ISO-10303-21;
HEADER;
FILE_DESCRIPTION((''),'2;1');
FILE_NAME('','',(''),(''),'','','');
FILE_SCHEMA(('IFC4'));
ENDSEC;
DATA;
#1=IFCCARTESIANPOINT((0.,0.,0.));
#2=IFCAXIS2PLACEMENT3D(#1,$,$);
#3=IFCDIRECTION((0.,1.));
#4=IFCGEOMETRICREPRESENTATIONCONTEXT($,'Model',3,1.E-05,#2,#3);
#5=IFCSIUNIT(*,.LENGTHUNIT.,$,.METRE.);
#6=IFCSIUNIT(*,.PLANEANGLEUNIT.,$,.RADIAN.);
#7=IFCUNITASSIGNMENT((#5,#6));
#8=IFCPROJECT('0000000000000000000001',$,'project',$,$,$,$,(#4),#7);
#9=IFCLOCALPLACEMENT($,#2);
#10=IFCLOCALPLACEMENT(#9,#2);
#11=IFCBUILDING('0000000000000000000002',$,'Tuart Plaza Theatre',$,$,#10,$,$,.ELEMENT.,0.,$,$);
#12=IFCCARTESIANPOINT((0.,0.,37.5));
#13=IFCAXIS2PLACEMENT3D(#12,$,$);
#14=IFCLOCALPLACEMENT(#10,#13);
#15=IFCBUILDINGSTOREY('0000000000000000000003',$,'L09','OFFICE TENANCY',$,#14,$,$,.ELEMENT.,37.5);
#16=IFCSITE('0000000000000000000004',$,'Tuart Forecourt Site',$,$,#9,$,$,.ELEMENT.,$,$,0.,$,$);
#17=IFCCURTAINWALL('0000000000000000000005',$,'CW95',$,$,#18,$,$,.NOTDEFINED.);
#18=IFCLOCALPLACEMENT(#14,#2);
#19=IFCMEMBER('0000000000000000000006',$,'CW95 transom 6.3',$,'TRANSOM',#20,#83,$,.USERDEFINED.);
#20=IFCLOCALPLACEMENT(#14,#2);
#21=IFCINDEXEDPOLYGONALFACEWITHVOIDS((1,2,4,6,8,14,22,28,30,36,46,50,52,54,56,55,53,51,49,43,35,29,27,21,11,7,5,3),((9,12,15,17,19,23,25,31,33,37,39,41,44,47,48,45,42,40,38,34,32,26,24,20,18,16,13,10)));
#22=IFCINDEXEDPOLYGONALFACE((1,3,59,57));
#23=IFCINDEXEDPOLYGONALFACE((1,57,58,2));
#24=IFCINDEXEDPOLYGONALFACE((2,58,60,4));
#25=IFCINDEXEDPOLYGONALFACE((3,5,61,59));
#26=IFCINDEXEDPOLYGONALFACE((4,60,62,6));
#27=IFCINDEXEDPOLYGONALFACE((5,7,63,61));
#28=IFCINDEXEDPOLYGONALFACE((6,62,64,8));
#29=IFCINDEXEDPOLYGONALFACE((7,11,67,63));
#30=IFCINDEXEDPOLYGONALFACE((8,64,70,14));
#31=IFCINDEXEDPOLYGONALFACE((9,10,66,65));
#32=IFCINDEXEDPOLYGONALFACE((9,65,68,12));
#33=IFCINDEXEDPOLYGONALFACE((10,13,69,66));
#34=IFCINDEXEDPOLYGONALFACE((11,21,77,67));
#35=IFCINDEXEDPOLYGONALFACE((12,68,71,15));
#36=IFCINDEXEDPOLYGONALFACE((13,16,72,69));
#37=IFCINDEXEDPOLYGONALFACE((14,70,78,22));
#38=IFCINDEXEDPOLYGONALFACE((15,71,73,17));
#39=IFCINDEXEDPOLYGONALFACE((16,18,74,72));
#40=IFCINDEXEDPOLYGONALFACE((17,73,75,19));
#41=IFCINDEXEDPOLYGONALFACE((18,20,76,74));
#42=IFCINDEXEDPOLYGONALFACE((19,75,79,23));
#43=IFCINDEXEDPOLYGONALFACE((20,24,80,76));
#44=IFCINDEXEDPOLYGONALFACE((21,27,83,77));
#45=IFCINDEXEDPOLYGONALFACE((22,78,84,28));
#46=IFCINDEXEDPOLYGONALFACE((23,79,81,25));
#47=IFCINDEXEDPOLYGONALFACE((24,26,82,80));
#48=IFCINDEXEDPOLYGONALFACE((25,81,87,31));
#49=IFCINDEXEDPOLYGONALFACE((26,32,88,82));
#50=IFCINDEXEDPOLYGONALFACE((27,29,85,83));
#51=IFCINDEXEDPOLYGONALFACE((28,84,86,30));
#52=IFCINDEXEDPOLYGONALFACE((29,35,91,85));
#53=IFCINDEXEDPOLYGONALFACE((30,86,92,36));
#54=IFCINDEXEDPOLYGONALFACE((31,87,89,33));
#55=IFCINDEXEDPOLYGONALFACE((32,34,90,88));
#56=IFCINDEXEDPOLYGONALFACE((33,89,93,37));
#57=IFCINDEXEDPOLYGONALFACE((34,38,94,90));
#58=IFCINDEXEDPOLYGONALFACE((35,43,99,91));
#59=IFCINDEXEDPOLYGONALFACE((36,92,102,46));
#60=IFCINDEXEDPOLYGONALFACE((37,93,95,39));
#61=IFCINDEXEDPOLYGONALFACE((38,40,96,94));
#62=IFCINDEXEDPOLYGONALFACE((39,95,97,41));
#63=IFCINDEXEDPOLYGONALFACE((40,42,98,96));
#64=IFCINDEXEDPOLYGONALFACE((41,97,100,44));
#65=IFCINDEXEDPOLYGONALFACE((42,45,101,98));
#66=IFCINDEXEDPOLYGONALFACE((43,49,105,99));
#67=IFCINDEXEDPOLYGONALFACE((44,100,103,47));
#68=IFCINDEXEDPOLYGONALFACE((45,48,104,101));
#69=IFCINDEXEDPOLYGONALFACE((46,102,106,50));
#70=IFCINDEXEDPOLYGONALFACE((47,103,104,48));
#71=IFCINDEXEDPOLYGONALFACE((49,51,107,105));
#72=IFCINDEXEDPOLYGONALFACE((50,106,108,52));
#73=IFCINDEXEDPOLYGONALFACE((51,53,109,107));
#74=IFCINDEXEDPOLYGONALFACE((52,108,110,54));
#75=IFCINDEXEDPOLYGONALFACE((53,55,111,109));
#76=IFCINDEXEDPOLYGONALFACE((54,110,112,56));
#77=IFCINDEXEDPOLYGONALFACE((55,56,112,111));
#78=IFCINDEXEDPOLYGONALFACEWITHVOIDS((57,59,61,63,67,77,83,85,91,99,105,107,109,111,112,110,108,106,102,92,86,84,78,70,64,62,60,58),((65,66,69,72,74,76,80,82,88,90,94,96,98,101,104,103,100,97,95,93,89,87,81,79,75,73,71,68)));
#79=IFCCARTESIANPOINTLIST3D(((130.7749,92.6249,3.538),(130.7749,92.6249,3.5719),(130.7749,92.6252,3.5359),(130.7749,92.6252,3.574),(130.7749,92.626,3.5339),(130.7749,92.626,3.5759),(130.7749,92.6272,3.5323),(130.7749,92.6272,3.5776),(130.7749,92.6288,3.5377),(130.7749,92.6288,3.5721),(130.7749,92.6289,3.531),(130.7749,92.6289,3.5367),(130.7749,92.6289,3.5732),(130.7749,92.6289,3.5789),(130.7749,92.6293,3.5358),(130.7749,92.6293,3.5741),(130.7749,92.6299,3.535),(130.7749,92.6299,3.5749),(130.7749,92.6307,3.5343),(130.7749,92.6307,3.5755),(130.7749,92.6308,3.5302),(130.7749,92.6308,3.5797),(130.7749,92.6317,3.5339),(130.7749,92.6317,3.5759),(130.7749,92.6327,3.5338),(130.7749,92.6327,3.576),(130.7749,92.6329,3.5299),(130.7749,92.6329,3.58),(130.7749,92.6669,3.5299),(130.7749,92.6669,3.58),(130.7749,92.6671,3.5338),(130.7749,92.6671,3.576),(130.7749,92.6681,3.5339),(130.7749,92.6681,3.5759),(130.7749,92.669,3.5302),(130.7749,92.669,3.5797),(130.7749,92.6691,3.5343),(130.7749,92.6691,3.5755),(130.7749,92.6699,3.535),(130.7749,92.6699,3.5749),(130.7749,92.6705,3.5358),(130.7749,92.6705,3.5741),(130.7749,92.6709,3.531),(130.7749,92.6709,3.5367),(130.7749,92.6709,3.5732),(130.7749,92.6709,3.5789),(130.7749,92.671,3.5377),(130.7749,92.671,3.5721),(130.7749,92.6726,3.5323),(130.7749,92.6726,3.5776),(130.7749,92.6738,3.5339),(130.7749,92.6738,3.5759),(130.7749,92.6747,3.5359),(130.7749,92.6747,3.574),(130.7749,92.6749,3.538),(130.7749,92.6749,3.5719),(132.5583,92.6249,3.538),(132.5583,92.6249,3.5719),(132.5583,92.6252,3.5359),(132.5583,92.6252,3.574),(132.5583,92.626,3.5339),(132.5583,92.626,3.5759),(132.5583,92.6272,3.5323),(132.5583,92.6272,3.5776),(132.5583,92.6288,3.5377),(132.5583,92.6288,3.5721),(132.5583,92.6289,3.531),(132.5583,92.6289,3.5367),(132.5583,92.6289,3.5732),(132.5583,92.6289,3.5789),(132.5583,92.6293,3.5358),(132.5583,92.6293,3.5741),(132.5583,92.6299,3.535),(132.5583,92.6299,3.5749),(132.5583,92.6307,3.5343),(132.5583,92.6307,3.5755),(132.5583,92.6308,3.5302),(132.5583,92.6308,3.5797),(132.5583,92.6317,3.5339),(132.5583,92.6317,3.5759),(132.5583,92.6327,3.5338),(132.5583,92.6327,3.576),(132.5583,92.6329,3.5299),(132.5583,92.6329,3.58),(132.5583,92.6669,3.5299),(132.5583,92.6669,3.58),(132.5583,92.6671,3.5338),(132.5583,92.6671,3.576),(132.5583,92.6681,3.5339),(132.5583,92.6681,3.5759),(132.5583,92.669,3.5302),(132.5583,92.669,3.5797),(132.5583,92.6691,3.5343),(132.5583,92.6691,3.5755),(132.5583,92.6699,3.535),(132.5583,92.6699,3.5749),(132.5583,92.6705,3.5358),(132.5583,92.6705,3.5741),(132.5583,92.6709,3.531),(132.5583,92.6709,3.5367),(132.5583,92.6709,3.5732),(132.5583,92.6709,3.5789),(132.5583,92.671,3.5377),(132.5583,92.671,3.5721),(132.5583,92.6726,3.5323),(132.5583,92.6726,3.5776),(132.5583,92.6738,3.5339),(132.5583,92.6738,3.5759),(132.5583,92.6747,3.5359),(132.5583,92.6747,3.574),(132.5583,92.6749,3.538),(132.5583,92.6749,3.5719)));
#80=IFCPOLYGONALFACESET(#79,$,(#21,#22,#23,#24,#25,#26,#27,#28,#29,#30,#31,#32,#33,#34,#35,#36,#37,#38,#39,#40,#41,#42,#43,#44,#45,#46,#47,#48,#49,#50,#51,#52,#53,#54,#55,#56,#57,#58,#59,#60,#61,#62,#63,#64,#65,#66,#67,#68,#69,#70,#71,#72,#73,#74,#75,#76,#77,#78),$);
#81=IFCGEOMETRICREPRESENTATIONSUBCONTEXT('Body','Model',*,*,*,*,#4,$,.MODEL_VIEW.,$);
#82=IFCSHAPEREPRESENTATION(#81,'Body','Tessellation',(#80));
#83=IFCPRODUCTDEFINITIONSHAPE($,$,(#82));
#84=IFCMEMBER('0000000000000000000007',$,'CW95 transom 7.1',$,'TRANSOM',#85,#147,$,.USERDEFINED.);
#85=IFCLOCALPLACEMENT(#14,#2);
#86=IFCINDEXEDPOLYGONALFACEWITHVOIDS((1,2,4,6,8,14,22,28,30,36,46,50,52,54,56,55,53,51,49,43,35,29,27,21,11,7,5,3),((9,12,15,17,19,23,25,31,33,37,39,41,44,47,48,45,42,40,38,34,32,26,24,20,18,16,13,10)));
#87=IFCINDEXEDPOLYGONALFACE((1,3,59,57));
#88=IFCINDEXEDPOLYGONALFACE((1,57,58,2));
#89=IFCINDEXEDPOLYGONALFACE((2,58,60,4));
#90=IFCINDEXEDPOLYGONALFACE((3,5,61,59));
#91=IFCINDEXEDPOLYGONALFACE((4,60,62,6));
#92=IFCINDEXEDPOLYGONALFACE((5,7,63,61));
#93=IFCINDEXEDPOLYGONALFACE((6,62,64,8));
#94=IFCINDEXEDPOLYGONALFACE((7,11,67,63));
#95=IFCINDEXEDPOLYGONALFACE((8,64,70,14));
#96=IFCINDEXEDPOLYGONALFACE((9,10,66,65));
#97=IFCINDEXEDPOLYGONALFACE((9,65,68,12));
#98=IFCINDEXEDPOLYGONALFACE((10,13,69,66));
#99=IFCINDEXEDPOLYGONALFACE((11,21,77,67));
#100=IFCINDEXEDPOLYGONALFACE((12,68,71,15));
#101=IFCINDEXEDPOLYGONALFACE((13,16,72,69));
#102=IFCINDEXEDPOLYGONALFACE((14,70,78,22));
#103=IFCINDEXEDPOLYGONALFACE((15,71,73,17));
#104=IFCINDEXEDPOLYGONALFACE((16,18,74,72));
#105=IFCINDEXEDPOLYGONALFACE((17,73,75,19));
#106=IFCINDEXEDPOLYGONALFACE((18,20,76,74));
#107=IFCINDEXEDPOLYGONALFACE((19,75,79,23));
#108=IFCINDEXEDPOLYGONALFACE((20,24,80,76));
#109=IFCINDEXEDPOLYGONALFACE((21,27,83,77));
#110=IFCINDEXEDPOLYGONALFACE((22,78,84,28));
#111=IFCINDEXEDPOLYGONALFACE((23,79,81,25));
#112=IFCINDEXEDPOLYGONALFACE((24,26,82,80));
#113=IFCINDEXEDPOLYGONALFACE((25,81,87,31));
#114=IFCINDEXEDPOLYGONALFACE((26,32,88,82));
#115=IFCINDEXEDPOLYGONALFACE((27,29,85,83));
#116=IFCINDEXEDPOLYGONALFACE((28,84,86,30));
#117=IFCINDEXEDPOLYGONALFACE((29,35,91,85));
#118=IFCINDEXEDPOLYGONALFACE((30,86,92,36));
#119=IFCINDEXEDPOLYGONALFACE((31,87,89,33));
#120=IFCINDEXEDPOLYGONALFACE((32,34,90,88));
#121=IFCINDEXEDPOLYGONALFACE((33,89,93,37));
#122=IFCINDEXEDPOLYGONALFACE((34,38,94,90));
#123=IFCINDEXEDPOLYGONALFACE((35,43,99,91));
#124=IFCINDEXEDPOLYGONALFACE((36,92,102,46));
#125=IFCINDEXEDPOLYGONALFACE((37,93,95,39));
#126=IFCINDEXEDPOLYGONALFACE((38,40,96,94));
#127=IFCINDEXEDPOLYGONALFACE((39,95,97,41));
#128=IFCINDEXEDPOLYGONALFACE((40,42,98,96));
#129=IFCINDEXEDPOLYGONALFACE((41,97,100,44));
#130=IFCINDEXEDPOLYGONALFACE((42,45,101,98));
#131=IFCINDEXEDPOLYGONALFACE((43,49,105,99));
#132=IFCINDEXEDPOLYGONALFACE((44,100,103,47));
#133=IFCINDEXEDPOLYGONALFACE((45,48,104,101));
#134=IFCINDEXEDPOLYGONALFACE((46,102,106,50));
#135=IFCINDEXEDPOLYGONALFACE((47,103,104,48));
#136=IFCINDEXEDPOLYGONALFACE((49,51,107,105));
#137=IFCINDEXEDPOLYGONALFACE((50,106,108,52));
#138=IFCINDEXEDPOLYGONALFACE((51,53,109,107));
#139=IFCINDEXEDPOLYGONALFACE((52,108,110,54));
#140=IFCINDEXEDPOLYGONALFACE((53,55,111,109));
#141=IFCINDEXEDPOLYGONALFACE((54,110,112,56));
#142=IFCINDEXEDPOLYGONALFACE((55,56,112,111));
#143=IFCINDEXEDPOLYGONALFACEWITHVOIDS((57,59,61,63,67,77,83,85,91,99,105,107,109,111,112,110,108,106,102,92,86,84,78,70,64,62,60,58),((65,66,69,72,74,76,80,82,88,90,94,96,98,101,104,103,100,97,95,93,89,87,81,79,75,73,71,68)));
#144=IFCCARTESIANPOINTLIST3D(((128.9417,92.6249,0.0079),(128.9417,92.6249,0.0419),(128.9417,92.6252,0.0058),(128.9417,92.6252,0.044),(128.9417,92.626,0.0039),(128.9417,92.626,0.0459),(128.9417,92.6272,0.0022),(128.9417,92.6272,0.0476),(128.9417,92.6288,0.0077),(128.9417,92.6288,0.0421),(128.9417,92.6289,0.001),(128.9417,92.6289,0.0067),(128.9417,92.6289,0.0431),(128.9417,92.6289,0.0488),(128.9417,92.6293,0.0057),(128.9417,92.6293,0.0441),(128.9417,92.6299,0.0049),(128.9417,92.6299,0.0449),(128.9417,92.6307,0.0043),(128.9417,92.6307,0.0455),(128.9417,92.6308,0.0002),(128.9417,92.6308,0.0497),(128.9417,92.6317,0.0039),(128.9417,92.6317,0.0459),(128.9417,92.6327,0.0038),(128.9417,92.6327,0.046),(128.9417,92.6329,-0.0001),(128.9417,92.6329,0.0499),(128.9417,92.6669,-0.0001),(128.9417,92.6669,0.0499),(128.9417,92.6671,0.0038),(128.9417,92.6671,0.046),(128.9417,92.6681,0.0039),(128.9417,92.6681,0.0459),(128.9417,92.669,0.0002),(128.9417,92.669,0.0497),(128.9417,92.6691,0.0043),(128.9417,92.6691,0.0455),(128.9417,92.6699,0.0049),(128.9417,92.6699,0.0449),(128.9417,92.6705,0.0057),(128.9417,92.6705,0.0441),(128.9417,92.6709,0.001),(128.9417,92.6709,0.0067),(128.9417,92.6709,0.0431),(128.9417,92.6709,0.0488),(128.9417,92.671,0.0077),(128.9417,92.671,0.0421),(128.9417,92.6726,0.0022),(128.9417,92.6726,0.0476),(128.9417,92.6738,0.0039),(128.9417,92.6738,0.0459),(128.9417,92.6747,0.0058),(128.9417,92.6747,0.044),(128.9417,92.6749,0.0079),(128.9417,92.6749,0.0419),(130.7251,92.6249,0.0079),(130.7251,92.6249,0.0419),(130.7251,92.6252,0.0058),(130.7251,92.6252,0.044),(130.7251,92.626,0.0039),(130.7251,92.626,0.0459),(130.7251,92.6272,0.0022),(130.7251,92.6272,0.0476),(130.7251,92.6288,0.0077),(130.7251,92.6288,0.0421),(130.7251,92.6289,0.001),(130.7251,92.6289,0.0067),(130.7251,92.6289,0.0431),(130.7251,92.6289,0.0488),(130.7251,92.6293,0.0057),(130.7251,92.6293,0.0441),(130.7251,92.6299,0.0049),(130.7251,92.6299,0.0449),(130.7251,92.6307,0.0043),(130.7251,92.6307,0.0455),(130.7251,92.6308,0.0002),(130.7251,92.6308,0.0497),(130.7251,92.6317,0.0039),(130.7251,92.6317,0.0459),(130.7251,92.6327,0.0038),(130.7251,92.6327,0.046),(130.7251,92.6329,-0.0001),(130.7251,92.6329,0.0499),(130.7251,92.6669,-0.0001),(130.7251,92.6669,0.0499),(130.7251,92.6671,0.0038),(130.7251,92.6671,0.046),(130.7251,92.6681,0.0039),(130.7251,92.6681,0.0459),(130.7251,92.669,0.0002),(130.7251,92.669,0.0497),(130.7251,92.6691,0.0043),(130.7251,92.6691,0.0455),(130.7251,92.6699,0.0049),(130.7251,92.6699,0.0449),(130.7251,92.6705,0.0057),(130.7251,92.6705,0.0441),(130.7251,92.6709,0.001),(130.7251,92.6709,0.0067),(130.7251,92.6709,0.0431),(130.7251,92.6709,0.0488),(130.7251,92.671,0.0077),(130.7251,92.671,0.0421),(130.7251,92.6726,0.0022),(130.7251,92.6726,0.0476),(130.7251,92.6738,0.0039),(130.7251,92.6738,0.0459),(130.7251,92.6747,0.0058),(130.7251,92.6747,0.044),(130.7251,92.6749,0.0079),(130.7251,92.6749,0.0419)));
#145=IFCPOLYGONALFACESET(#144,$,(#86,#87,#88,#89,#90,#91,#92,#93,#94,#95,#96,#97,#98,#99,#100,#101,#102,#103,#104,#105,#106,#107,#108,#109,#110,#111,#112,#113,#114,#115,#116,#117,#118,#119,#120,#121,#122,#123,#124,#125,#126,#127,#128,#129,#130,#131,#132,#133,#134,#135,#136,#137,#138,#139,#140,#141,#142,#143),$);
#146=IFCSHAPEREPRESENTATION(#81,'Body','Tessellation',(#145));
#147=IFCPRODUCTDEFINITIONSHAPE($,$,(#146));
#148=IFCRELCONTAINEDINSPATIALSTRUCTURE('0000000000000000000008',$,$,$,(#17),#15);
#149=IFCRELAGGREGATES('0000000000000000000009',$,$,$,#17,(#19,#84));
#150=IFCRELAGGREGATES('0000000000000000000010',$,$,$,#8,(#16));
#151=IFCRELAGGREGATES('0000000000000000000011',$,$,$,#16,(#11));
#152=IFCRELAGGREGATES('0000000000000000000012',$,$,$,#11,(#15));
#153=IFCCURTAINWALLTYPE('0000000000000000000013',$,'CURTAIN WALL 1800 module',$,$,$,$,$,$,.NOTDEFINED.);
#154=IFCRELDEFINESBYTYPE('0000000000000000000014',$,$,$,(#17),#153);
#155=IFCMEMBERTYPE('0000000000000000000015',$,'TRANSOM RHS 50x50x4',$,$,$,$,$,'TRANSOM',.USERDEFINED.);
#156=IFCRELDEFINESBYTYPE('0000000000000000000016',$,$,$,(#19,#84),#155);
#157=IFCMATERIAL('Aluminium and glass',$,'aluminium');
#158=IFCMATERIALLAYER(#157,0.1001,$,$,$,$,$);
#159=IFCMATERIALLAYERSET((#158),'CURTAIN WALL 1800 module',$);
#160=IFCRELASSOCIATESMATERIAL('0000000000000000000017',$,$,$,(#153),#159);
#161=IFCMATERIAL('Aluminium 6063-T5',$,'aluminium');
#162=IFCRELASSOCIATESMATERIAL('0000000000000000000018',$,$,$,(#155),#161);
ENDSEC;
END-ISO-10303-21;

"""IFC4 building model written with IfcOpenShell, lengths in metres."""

from ifc_helpers import new_model, si_unit, direction, frame, origin, origin_2d, place, context, subcontext, project, spatial, hollow_rectangle, extrude, material, layer, layer_set, material_profile, profile_set, type_object, element, aggregate, save


model = new_model("IFC4")

# Units and contexts
model_context = context("Model", 3, precision=1e-05, world=origin(), true_north=direction((0.0, 1.0)))
body_context = subcontext(model_context, "Body", "Model", "MODEL_VIEW")
ifc_project = project(units=[si_unit("LENGTHUNIT", "METRE"), si_unit("PLANEANGLEUNIT", "RADIAN")], contexts=[model_context])

# Site, building, storey
site_placement = place(None, origin())
site = spatial("IfcSite", under=ifc_project, at=site_placement, Name="Tuart Forecourt Site", CompositionType="ELEMENT", RefElevation=0.0)
building_placement = place(site_placement, origin())
building = spatial("IfcBuilding", under=site, at=building_placement, Name="Tuart Plaza Theatre", CompositionType="ELEMENT", ElevationOfRefHeight=0.0)
storey_placement = place(building_placement, frame((0.0, 0.0, 37.5)))
storey = spatial("IfcBuildingStorey", under=building, at=storey_placement, Name="L09", Description="OFFICE TENANCY", CompositionType="ELEMENT", Elevation=37.5)

# Curtain wall, members
ifc_material_1 = material(Name="Aluminium and glass", Category="aluminium")
ifc_layer_1 = layer(ifc_material_1, 0.1001)
ifc_layer_set_1 = layer_set([ifc_layer_1], Name="CURTAIN WALL 1800 module")
curtain_wall_type = type_object("IfcCurtainWallType", Name="CURTAIN WALL 1800 module", PredefinedType="NOTDEFINED", material=ifc_layer_set_1)
curtain_wall_placement = place(storey_placement, origin())
curtain_wall = element("IfcCurtainWall", 1, at=curtain_wall_placement, inside=storey, type_object=curtain_wall_type, Name="CW95", PredefinedType="NOTDEFINED")
ifc_material_2 = material(Name="Aluminium 6063-T5", Category="aluminium")
ifc_material_profile_1 = material_profile(ifc_material_2, hollow_rectangle(XDim=0.05, YDim=0.05, WallThickness=0.0039, InnerFilletRadius=0.0039, OuterFilletRadius=0.0081, at=origin_2d()), Name="RHS 50x50x4")
ifc_profile_set_1 = profile_set([ifc_material_profile_1], Name="Aluminium 6063-T5")
member_type_1 = type_object("IfcMemberType", Name="TRANSOM RHS 50x50x4", ElementType="TRANSOM", PredefinedType="USERDEFINED", material=ifc_profile_set_1)
member_1_placement = place(storey_placement, frame((132.5583, 92.6499, 3.5549), z_axis=(-1.0, 0.0, 0.0), x_axis=(0.0, -1.0, 0.0)))
member_1 = element("IfcMember", 2, at=member_1_placement, type_object=member_type_1, Name="CW95 transom 6.3", ObjectType="TRANSOM", PredefinedType="USERDEFINED", context=body_context, shape_type="SweptSolid", body=[
    extrude(hollow_rectangle(XDim=0.05, YDim=0.05, WallThickness=0.0039, InnerFilletRadius=0.0039, OuterFilletRadius=0.0081, at=origin_2d()), origin(), (0.0, 0.0, 1.0), 1.7834),
])
member_2_placement = place(storey_placement, frame((130.7251, 92.6499, 0.0249), z_axis=(-1.0, 0.0, 0.0), x_axis=(0.0, -1.0, 0.0)))
member_2 = element("IfcMember", 3, at=member_2_placement, type_object=member_type_1, Name="CW95 transom 7.1", ObjectType="TRANSOM", PredefinedType="USERDEFINED", context=body_context, shape_type="SweptSolid", body=[
    extrude(hollow_rectangle(XDim=0.05, YDim=0.05, WallThickness=0.0039, InnerFilletRadius=0.0039, OuterFilletRadius=0.0081, at=origin_2d()), origin(), (0.0, 0.0, 1.0), 1.7834),
])
aggregate(curtain_wall, [member_1, member_2])

save(model, "model.ifc")
